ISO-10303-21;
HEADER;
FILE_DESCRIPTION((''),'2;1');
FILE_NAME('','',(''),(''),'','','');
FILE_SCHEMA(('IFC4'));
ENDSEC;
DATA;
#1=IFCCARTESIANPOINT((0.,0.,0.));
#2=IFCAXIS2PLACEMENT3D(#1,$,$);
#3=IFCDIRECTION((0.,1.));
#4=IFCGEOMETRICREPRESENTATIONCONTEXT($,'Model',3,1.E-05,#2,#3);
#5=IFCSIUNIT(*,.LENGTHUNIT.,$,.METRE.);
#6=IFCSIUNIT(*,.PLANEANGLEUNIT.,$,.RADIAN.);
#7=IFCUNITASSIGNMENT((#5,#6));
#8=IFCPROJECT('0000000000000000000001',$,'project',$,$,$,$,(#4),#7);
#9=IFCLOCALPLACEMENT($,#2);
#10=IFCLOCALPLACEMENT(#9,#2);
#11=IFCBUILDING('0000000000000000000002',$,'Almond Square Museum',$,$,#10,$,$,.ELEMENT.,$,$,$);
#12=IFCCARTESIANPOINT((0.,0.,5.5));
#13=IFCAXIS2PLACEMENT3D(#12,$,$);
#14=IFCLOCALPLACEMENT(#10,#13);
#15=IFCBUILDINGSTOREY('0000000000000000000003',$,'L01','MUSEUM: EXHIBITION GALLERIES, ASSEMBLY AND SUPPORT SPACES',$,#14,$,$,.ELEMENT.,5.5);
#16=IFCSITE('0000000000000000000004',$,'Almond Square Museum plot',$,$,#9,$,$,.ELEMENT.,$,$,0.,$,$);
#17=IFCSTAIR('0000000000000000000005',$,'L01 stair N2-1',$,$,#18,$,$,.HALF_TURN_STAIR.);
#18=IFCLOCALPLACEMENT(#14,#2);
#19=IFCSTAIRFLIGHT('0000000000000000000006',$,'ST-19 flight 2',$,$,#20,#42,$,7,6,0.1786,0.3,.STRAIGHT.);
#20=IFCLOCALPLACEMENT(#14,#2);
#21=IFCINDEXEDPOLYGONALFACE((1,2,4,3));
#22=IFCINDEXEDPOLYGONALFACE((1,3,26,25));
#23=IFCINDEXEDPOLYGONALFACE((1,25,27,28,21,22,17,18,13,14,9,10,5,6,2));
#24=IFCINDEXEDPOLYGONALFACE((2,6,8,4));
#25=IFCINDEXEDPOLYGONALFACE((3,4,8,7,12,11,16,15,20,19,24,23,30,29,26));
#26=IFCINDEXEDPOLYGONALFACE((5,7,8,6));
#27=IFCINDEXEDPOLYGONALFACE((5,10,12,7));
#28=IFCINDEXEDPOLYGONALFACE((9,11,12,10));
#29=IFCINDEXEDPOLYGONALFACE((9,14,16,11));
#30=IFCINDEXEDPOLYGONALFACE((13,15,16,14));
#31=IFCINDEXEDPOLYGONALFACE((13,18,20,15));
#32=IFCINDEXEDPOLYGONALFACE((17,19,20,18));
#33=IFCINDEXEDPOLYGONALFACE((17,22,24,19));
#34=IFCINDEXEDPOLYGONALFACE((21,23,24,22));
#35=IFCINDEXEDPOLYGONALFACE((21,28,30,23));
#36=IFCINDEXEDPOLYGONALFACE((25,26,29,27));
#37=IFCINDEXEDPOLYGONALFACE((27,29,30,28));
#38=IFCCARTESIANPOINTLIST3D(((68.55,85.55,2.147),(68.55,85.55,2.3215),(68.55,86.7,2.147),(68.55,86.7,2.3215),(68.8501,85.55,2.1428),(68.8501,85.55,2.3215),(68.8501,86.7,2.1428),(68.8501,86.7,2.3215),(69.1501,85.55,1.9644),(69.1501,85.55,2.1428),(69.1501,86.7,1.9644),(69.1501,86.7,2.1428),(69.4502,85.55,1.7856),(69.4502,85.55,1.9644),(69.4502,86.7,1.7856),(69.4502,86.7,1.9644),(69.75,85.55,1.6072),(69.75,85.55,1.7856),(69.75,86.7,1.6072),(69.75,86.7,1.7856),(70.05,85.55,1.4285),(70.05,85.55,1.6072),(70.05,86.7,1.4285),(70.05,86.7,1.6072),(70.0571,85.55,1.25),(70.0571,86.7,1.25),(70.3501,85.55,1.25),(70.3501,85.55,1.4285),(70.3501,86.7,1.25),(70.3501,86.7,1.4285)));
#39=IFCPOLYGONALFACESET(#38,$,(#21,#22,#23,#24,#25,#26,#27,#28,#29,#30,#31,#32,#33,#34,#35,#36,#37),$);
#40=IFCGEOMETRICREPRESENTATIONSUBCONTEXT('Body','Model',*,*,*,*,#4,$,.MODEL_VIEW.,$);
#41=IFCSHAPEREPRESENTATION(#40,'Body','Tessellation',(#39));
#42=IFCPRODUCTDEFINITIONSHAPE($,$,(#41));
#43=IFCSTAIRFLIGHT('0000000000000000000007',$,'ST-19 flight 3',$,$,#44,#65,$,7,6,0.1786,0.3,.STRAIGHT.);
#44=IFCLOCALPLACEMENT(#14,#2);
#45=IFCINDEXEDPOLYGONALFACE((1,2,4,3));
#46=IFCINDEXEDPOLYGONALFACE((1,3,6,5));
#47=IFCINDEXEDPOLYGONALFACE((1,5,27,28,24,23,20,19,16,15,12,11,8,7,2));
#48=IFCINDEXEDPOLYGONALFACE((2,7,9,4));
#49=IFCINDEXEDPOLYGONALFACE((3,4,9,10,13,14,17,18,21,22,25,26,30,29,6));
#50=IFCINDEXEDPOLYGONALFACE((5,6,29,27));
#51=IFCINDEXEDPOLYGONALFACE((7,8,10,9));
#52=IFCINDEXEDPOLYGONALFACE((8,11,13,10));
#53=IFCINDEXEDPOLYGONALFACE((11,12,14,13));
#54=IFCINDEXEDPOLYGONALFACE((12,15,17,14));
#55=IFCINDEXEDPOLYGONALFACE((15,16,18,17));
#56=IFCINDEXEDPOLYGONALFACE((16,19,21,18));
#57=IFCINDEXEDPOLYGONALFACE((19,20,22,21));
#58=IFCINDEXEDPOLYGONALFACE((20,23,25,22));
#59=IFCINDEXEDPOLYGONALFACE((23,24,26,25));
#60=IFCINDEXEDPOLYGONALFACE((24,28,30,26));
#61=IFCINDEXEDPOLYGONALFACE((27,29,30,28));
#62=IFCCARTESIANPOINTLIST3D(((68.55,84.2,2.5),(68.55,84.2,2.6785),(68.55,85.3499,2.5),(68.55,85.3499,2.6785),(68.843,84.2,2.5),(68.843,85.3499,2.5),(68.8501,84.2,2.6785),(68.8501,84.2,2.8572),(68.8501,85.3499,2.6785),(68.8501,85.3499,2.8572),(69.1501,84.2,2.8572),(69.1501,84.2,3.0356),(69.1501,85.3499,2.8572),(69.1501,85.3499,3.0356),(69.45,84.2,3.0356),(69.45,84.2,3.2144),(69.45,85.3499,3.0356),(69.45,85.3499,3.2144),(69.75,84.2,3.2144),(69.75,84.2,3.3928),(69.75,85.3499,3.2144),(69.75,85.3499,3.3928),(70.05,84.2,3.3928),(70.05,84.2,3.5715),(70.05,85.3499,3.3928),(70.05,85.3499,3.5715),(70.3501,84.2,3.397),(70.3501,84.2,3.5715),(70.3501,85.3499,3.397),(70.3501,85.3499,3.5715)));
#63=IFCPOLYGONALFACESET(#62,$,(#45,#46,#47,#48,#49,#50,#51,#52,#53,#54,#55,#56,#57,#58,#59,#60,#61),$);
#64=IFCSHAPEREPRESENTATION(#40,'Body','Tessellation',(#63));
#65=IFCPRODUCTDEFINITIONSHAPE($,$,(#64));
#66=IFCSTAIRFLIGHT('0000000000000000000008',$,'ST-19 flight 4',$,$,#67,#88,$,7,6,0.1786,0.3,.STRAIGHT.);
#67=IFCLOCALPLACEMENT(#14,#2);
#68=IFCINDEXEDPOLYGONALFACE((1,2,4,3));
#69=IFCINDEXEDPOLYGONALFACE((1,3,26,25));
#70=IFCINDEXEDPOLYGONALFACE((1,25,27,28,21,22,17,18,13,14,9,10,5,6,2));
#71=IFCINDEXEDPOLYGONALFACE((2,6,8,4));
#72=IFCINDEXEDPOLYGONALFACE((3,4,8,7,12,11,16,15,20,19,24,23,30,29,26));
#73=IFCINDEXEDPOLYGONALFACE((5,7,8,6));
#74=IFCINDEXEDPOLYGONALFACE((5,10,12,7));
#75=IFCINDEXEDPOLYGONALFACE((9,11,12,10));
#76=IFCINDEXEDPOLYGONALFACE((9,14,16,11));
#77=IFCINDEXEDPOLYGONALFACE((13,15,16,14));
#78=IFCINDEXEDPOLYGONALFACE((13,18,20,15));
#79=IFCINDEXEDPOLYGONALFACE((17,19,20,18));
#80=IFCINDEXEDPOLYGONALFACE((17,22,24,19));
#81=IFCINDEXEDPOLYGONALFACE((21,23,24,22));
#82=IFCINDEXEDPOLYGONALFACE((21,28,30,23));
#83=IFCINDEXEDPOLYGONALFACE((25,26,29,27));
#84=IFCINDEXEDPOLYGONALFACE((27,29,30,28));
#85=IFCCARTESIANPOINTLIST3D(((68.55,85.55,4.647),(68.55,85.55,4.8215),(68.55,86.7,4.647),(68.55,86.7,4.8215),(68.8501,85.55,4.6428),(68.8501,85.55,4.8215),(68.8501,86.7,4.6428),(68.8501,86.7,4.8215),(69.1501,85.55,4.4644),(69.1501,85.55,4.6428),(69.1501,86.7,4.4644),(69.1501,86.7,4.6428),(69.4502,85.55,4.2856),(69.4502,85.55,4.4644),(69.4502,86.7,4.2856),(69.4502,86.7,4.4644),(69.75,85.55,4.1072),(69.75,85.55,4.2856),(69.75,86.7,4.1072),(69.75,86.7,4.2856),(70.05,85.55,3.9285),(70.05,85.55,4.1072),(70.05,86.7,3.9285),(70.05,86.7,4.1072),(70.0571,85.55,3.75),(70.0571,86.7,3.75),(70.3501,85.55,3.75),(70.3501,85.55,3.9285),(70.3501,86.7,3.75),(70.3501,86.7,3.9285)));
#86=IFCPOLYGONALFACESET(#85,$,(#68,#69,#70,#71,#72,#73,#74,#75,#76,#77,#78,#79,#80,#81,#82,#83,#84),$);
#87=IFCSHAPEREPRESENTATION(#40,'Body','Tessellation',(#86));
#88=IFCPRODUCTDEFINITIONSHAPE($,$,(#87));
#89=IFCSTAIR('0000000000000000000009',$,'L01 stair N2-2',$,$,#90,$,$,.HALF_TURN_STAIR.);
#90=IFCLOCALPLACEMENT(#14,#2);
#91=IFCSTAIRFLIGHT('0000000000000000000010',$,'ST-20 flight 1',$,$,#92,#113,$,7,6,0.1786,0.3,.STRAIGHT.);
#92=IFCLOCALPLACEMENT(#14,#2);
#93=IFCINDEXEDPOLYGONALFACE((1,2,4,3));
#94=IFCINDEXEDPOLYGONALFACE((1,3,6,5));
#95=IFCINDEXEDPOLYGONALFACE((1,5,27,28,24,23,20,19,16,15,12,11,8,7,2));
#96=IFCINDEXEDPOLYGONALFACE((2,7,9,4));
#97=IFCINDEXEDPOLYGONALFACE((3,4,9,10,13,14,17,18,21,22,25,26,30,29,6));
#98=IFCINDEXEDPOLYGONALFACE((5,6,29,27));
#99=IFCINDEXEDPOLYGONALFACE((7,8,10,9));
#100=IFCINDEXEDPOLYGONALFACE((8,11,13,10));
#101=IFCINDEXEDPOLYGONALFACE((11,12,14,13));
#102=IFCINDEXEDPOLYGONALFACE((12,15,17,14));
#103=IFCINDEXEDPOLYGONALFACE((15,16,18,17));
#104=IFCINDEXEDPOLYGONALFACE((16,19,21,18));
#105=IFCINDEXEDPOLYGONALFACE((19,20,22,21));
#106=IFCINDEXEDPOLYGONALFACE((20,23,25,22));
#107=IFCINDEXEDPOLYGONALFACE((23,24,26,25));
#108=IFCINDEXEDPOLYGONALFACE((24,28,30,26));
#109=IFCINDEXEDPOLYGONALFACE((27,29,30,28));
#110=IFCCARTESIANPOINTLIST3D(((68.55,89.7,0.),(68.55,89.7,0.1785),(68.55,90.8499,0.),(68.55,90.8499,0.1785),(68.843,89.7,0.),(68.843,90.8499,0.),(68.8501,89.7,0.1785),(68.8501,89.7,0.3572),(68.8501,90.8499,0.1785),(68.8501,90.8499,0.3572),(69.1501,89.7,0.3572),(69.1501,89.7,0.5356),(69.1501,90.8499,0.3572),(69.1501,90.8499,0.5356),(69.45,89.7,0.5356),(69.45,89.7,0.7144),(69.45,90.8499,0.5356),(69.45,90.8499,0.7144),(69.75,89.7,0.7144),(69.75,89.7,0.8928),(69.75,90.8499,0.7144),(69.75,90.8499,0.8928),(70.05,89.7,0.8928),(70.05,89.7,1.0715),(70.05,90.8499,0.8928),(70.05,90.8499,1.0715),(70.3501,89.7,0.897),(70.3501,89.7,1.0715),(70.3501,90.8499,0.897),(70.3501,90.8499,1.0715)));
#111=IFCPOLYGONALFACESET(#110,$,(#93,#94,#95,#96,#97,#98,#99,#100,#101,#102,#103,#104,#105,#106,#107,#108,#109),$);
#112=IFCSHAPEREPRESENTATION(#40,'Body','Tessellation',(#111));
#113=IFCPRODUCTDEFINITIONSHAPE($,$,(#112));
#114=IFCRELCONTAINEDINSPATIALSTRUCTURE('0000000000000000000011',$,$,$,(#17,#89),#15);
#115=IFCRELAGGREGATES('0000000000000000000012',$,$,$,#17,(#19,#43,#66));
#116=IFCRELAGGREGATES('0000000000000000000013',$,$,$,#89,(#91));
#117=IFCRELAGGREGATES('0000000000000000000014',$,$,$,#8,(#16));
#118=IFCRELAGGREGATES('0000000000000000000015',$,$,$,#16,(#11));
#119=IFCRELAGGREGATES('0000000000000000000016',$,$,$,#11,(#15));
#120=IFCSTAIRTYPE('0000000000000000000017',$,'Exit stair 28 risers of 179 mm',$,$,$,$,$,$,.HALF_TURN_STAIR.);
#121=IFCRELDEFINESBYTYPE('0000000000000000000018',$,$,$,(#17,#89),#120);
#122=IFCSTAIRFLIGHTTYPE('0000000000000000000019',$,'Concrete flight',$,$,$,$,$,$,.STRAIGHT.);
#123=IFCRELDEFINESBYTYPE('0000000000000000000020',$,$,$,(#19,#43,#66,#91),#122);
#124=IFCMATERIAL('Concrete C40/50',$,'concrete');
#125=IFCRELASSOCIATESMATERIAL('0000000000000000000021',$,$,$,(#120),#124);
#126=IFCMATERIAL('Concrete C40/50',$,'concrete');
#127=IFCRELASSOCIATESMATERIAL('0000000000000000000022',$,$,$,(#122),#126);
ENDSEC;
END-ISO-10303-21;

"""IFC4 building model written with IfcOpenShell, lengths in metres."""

from ifc_helpers import new_model, si_unit, direction, frame, origin, place, context, subcontext, project, spatial, polyline, outline, extrude, material, type_object, element, aggregate, save


model = new_model("IFC4")

# Units and contexts
model_context = context("Model", 3, precision=1e-05, world=origin(), true_north=direction((0.0, 1.0)))
body_context = subcontext(model_context, "Body", "Model", "MODEL_VIEW")
ifc_project = project(units=[si_unit("LENGTHUNIT", "METRE"), si_unit("PLANEANGLEUNIT", "RADIAN")], contexts=[model_context])

# Site, building, storey
site_placement = place(None, origin())
site = spatial("IfcSite", under=ifc_project, at=site_placement, Name="Almond Square Museum plot", CompositionType="ELEMENT", RefElevation=0.0)
building_placement = place(site_placement, origin())
building = spatial("IfcBuilding", under=site, at=building_placement, Name="Almond Square Museum", CompositionType="ELEMENT")
storey_placement = place(building_placement, frame((0.0, 0.0, 5.5)))
storey = spatial("IfcBuildingStorey", under=building, at=storey_placement, Name="L01", Description="MUSEUM: EXHIBITION GALLERIES, ASSEMBLY AND SUPPORT SPACES", CompositionType="ELEMENT", Elevation=5.5)

# Stair, stair flights
ifc_material_1 = material(Name="Concrete C40/50", Category="concrete")
stair_type = type_object("IfcStairType", Name="Exit stair 28 risers of 179 mm", PredefinedType="HALF_TURN_STAIR", material=ifc_material_1)
stair_1_placement = place(storey_placement, origin())
stair_1 = element("IfcStair", 1, at=stair_1_placement, inside=storey, type_object=stair_type, Name="L01 stair N2-1", PredefinedType="HALF_TURN_STAIR")
ifc_material_2 = material(Name="Concrete C40/50", Category="concrete")
stair_flight_type = type_object("IfcStairFlightType", Name="Concrete flight", PredefinedType="STRAIGHT", material=ifc_material_2)
stair_flight_1_placement = place(storey_placement, frame((70.3501, 86.125, 1.25), z_axis=(0.0, 0.0, 1.0), x_axis=(-1.0, 0.0, 0.0)))
stair_flight_1 = element("IfcStairFlight", 2, at=stair_flight_1_placement, type_object=stair_flight_type, Name="ST-19 flight 2", NumberOfRisers=7, NumberOfTreads=6, PredefinedType="STRAIGHT", RiserHeight=0.1786, TreadLength=0.3, context=body_context, shape_type="SweptSolid", body=[
    extrude(outline(polyline([(0.0, 0.0), (0.0, 0.1785), (0.3, 0.1785), (0.3, 0.3572), (0.6001, 0.3572), (0.6001, 0.5356), (0.8999, 0.5356), (0.8999, 0.7144), (1.2, 0.7144), (1.2, 0.8928), (1.5, 0.8928), (1.5, 1.0715), (1.8, 1.0715), (1.8, 1.25), (1.8, 0.897), (0.293, 0.0), (0.0, 0.0)])), frame((0.0, 0.575, 0.0), z_axis=(0.0, -1.0, 0.0), x_axis=(1.0, 0.0, 0.0)), (0.0, 0.0, 1.0), 1.1499),
])
stair_flight_2_placement = place(storey_placement, frame((68.55, 84.7749, 2.5), z_axis=(0.0, 0.0, 1.0), x_axis=(1.0, 0.0, 0.0)))
stair_flight_2 = element("IfcStairFlight", 3, at=stair_flight_2_placement, type_object=stair_flight_type, Name="ST-19 flight 3", NumberOfRisers=7, NumberOfTreads=6, PredefinedType="STRAIGHT", RiserHeight=0.1786, TreadLength=0.3, context=body_context, shape_type="SweptSolid", body=[
    extrude(outline(polyline([(0.0, 0.0), (0.0, 0.1785), (0.3, 0.1785), (0.3, 0.3572), (0.6001, 0.3572), (0.6001, 0.5356), (0.8999, 0.5356), (0.8999, 0.7144), (1.2, 0.7144), (1.2, 0.8928), (1.5, 0.8928), (1.5, 1.0715), (1.8, 1.0715), (1.8, 1.25), (1.8, 0.897), (0.293, 0.0), (0.0, 0.0)])), frame((0.0, 0.575, 0.0), z_axis=(0.0, -1.0, 0.0), x_axis=(1.0, 0.0, 0.0)), (0.0, 0.0, 1.0), 1.1499),
])
stair_flight_3_placement = place(storey_placement, frame((70.3501, 86.125, 3.75), z_axis=(0.0, 0.0, 1.0), x_axis=(-1.0, 0.0, 0.0)))
stair_flight_3 = element("IfcStairFlight", 4, at=stair_flight_3_placement, type_object=stair_flight_type, Name="ST-19 flight 4", NumberOfRisers=7, NumberOfTreads=6, PredefinedType="STRAIGHT", RiserHeight=0.1786, TreadLength=0.3, context=body_context, shape_type="SweptSolid", body=[
    extrude(outline(polyline([(0.0, 0.0), (0.0, 0.1785), (0.3, 0.1785), (0.3, 0.3572), (0.6001, 0.3572), (0.6001, 0.5356), (0.8999, 0.5356), (0.8999, 0.7144), (1.2, 0.7144), (1.2, 0.8928), (1.5, 0.8928), (1.5, 1.0715), (1.8, 1.0715), (1.8, 1.25), (1.8, 0.897), (0.293, 0.0), (0.0, 0.0)])), frame((0.0, 0.575, 0.0), z_axis=(0.0, -1.0, 0.0), x_axis=(1.0, 0.0, 0.0)), (0.0, 0.0, 1.0), 1.1499),
])
aggregate(stair_1, [stair_flight_1, stair_flight_2, stair_flight_3])

# Stair, stair flight
stair_2_placement = place(storey_placement, origin())
stair_2 = element("IfcStair", 5, at=stair_2_placement, inside=storey, type_object=stair_type, Name="L01 stair N2-2", PredefinedType="HALF_TURN_STAIR")
stair_flight_4_placement = place(storey_placement, frame((68.55, 90.2749, 0.0), z_axis=(0.0, 0.0, 1.0), x_axis=(1.0, 0.0, 0.0)))
stair_flight_4 = element("IfcStairFlight", 6, at=stair_flight_4_placement, type_object=stair_flight_type, Name="ST-20 flight 1", NumberOfRisers=7, NumberOfTreads=6, PredefinedType="STRAIGHT", RiserHeight=0.1786, TreadLength=0.3, context=body_context, shape_type="SweptSolid", body=[
    extrude(outline(polyline([(0.0, 0.0), (0.0, 0.1785), (0.3, 0.1785), (0.3, 0.3572), (0.6001, 0.3572), (0.6001, 0.5356), (0.8999, 0.5356), (0.8999, 0.7144), (1.2, 0.7144), (1.2, 0.8928), (1.5, 0.8928), (1.5, 1.0715), (1.8, 1.0715), (1.8, 1.25), (1.8, 0.897), (0.293, 0.0), (0.0, 0.0)])), frame((0.0, 0.575, 0.0), z_axis=(0.0, -1.0, 0.0), x_axis=(1.0, 0.0, 0.0)), (0.0, 0.0, 1.0), 1.1499),
])
aggregate(stair_2, [stair_flight_4])

save(model, "model.ifc")
